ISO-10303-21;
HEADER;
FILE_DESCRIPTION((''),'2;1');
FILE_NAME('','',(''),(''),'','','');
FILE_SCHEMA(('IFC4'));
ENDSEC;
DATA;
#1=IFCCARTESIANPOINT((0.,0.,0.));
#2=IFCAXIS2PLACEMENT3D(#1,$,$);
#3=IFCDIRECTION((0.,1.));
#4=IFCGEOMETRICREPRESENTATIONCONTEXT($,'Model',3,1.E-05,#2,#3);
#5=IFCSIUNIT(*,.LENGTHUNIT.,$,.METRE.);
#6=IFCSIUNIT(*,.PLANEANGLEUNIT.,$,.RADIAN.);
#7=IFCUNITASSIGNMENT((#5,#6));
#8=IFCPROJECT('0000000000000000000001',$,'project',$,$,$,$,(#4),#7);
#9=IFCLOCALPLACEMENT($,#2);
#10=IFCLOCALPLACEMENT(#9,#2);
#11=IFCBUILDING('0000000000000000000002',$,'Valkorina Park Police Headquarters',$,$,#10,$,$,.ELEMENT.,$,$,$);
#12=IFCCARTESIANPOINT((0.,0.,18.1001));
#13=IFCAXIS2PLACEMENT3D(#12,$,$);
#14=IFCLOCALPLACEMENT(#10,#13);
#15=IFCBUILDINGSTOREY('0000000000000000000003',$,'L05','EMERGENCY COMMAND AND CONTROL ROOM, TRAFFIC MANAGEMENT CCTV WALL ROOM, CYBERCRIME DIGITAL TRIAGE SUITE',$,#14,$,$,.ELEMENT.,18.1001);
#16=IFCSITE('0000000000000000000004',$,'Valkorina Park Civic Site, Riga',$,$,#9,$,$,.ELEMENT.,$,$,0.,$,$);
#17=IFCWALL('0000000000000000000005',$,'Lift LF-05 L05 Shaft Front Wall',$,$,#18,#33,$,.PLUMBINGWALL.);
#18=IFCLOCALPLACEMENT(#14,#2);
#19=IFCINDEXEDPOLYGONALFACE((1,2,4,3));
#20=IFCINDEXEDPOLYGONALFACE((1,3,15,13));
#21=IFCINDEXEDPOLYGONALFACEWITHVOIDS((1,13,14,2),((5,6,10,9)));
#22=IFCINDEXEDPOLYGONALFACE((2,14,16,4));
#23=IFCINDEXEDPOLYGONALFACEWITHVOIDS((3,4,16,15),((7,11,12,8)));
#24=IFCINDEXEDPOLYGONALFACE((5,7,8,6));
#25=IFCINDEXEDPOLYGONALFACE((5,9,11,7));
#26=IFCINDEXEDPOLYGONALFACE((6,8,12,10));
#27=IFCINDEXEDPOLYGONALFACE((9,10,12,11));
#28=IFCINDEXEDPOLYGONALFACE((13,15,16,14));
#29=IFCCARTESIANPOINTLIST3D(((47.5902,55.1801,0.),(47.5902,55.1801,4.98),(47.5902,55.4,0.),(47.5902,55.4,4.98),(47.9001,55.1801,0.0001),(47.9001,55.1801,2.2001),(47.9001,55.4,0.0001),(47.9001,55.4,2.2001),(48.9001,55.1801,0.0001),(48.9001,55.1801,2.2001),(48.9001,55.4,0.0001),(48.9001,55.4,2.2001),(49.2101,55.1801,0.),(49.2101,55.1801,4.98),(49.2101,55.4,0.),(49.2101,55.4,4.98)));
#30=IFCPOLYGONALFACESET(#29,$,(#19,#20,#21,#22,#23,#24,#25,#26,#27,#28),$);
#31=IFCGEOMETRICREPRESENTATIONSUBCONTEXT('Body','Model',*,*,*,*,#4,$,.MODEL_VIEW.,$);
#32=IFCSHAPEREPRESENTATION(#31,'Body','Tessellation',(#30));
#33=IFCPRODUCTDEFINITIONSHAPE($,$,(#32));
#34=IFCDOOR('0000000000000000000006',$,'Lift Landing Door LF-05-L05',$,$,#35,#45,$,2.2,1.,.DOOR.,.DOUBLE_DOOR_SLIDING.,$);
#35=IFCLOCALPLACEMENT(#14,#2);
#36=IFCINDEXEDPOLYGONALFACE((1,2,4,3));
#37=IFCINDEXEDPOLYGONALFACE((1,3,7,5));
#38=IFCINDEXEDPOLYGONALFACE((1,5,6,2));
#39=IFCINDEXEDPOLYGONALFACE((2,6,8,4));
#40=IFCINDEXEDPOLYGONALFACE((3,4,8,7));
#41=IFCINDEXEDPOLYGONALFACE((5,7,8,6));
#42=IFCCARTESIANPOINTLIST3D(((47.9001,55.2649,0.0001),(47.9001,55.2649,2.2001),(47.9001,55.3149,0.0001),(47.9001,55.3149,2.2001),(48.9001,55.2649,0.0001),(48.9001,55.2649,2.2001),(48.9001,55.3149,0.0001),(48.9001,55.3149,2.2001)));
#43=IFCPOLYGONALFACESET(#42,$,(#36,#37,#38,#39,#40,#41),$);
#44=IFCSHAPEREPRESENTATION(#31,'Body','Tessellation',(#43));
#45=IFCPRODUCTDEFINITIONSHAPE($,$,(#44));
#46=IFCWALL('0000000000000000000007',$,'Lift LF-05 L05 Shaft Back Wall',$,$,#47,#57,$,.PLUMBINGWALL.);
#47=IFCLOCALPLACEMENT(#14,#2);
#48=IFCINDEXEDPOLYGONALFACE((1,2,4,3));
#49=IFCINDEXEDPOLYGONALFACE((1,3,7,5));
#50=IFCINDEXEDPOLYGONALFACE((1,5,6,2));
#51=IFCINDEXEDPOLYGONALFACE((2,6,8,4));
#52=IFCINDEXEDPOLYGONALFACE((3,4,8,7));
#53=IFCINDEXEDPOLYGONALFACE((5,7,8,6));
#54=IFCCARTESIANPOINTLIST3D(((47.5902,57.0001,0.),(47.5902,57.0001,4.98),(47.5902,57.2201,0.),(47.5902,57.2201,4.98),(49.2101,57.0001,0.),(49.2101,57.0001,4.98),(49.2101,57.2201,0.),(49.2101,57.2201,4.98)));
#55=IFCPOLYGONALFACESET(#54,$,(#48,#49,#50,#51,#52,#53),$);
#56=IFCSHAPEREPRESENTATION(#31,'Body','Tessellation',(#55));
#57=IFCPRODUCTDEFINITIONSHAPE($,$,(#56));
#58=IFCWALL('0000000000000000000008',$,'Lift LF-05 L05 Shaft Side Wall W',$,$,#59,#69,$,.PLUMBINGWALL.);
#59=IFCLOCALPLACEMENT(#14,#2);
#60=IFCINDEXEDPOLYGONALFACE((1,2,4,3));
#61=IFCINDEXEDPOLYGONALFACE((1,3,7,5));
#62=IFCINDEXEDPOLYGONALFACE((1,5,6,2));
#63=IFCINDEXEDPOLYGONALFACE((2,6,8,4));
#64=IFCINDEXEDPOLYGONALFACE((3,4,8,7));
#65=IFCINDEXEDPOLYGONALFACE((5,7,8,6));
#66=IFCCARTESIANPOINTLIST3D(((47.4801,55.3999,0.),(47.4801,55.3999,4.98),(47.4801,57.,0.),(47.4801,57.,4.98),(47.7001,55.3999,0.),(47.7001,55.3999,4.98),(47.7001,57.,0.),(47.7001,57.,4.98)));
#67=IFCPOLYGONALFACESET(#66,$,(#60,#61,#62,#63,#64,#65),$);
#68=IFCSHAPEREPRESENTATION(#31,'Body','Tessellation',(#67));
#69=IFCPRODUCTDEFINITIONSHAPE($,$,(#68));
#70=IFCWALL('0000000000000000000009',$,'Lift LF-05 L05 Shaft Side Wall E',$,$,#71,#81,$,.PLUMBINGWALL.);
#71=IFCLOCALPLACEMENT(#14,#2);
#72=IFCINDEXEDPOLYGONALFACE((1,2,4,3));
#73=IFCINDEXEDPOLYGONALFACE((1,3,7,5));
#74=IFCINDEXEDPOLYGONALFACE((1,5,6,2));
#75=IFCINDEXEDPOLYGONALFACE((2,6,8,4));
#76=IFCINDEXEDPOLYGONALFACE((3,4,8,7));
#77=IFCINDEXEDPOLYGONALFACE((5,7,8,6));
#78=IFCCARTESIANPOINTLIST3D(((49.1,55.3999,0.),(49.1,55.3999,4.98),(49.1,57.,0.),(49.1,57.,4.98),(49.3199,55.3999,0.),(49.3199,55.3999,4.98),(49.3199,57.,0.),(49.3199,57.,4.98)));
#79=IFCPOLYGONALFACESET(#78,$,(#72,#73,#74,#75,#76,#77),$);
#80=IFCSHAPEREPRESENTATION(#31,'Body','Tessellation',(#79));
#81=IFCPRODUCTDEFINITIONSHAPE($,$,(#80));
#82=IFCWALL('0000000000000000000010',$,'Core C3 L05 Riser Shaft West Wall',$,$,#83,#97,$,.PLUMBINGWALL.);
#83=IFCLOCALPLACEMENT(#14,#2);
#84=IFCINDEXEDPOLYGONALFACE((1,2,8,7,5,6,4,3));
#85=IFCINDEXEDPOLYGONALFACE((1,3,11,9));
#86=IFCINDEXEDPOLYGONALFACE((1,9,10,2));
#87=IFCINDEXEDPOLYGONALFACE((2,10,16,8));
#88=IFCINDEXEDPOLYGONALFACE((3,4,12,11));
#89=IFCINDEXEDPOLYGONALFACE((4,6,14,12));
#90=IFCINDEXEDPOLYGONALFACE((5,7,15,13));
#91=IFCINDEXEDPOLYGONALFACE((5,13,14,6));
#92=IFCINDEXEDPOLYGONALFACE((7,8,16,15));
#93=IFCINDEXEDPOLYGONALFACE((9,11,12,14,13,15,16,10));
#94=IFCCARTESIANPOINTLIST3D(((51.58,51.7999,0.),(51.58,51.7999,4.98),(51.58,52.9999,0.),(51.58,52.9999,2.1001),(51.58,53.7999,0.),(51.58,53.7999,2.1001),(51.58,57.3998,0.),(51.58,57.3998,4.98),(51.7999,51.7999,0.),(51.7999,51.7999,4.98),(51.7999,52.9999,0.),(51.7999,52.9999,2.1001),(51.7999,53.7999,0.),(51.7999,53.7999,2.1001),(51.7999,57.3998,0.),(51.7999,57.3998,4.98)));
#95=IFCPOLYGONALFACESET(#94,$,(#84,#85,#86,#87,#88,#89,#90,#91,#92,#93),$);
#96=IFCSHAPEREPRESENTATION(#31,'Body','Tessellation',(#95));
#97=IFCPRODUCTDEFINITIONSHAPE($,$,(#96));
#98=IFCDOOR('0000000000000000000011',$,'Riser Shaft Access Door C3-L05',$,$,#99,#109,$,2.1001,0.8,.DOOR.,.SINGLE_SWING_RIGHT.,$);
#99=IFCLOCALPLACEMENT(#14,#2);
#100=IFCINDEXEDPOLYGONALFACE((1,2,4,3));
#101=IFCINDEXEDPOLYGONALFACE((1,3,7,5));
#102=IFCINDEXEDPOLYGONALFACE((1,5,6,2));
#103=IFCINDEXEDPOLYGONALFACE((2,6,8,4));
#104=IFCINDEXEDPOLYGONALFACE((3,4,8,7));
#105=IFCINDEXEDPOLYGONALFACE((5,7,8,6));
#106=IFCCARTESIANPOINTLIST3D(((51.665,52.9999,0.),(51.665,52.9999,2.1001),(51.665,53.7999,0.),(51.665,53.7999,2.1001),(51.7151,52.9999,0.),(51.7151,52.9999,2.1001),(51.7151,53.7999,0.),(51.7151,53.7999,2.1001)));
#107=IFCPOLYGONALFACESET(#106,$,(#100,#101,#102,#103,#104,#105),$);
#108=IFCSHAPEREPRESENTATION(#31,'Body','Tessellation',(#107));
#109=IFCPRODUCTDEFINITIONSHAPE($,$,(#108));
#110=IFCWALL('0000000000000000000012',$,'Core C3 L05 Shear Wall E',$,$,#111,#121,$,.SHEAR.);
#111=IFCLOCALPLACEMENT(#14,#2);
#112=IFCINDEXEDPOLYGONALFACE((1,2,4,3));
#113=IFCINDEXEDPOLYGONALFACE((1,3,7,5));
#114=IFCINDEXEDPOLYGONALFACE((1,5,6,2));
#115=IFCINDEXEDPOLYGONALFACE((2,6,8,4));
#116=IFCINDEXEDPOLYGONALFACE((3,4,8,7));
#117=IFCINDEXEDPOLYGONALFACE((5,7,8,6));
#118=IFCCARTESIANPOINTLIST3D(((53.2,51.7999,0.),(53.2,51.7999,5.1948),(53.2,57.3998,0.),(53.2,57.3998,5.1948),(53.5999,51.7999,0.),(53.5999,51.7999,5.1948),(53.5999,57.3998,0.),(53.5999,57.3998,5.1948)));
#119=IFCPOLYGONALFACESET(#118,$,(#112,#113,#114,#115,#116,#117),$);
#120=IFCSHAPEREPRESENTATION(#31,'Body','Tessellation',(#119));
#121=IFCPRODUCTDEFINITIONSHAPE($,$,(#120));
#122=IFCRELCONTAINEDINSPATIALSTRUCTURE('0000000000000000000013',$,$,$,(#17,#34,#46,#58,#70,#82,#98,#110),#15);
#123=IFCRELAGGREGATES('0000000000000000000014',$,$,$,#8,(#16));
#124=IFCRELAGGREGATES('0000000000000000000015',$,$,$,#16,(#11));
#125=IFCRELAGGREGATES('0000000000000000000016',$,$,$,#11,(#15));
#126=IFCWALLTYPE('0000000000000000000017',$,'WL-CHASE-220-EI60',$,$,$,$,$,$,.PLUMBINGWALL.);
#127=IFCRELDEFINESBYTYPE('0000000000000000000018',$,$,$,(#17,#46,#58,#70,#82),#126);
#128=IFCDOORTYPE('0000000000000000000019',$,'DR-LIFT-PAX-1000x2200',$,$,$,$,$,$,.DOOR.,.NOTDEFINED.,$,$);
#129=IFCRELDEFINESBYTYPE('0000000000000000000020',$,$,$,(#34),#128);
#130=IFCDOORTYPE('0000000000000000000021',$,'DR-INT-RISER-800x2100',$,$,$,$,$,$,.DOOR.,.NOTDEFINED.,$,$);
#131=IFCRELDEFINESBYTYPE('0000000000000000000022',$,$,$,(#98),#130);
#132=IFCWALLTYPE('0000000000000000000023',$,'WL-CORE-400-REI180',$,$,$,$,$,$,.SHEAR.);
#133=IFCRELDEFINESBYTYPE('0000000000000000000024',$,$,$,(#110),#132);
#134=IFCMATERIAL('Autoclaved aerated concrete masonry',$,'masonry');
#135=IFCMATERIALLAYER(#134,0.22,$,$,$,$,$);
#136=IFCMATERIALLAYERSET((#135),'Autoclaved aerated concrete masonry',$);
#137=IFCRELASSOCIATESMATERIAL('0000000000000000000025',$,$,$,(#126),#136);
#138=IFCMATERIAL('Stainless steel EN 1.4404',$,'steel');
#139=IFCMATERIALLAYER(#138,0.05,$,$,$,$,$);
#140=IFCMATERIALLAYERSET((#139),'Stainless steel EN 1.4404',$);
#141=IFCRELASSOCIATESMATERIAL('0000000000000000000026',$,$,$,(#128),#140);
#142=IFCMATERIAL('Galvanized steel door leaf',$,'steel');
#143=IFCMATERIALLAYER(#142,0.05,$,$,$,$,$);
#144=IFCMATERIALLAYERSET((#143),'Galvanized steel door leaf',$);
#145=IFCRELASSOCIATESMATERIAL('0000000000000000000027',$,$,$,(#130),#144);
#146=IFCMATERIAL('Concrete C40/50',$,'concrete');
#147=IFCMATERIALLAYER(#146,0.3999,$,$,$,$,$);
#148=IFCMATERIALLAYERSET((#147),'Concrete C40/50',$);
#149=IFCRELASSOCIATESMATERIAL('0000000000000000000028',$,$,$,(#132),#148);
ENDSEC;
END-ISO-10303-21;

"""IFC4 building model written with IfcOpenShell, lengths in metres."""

from ifc_helpers import new_model, si_unit, direction, frame, frame_2d, origin, place, context, subcontext, project, spatial, rectangle, extrude, material, layer, layer_set, type_object, element, fill, save


model = new_model("IFC4")

# Units and contexts
model_context = context("Model", 3, precision=1e-05, world=origin(), true_north=direction((0.0, 1.0)))
body_context = subcontext(model_context, "Body", "Model", "MODEL_VIEW")
ifc_project = project(units=[si_unit("LENGTHUNIT", "METRE"), si_unit("PLANEANGLEUNIT", "RADIAN")], contexts=[model_context])

# Site, building, storey
site_placement = place(None, origin())
site = spatial("IfcSite", under=ifc_project, at=site_placement, Name="Valkorina Park Civic Site, Riga", CompositionType="ELEMENT", RefElevation=0.0)
building_placement = place(site_placement, origin())
building = spatial("IfcBuilding", under=site, at=building_placement, Name="Valkorina Park Police Headquarters", CompositionType="ELEMENT")
storey_placement = place(building_placement, frame((0.0, 0.0, 18.1001)))
storey = spatial("IfcBuildingStorey", under=building, at=storey_placement, Name="L05", Description="EMERGENCY COMMAND AND CONTROL ROOM, TRAFFIC MANAGEMENT CCTV WALL ROOM, CYBERCRIME DIGITAL TRIAGE SUITE", CompositionType="ELEMENT", Elevation=18.1001)

# Wall, opening, door
ifc_material_1 = material(Name="Autoclaved aerated concrete masonry", Category="masonry")
ifc_layer_1 = layer(ifc_material_1, 0.22)
ifc_layer_set_1 = layer_set([ifc_layer_1], Name="Autoclaved aerated concrete masonry")
wall_type_1 = type_object("IfcWallType", Name="WL-CHASE-220-EI60", PredefinedType="PLUMBINGWALL", material=ifc_layer_set_1)
wall_1_placement = place(storey_placement, frame((47.5901, 55.29, 0.0), z_axis=(0.0, 0.0, 1.0), x_axis=(1.0, 0.0, 0.0)))
wall_1 = element("IfcWall", 1, at=wall_1_placement, inside=storey, type_object=wall_type_1, Name="Lift LF-05 L05 Shaft Front Wall", PredefinedType="PLUMBINGWALL", context=body_context, shape_type="SweptSolid", body=[
    extrude(rectangle(XDim=1.6199, YDim=0.22, at=frame_2d((0.8101, 0.0))), origin(), (0.0, 0.0, 1.0), 4.98),
])
opening_1_placement = place(wall_1_placement, frame((0.3101, 0.0, 0.0)))
opening_1 = element("IfcOpeningElement", 2, at=opening_1_placement, cuts=wall_1, PredefinedType="OPENING", context=body_context, shape_type="SweptSolid", body=[
    extrude(rectangle(XDim=1.0, YDim=2.2, at=frame_2d((0.5, 1.1001))), frame((0.0, 0.1201, 0.0), z_axis=(0.0, -1.0, 0.0), x_axis=(1.0, 0.0, 0.0)), (0.0, 0.0, 1.0), 0.24),
])
ifc_material_2 = material(Name="Stainless steel EN 1.4404", Category="steel")
ifc_layer_2 = layer(ifc_material_2, 0.05)
ifc_layer_set_2 = layer_set([ifc_layer_2], Name="Stainless steel EN 1.4404")
door_type_1 = type_object("IfcDoorType", Name="DR-LIFT-PAX-1000x2200", OperationType="NOTDEFINED", PredefinedType="DOOR", material=ifc_layer_set_2)
door_1_placement = place(opening_1_placement, origin())
door_1 = element("IfcDoor", 3, at=door_1_placement, inside=storey, type_object=door_type_1, Name="Lift Landing Door LF-05-L05", OperationType="DOUBLE_DOOR_SLIDING", OverallHeight=2.2, OverallWidth=1.0, PredefinedType="DOOR", context=body_context, shape_type="SweptSolid", body=[
    extrude(rectangle(XDim=1.0, YDim=2.2, at=frame_2d((0.5, 1.1001))), frame((0.0, 0.0249, 0.0), z_axis=(0.0, -1.0, 0.0), x_axis=(1.0, 0.0, 0.0)), (0.0, 0.0, 1.0), 0.05),
])
fill(opening_1, door_1)

# Walls
wall_2_placement = place(storey_placement, frame((47.5901, 57.1101, 0.0), z_axis=(0.0, 0.0, 1.0), x_axis=(1.0, 0.0, 0.0)))
element("IfcWall", 4, at=wall_2_placement, inside=storey, type_object=wall_type_1, Name="Lift LF-05 L05 Shaft Back Wall", PredefinedType="PLUMBINGWALL", context=body_context, shape_type="SweptSolid", body=[
    extrude(rectangle(XDim=1.6199, YDim=0.22, at=frame_2d((0.8101, 0.0))), origin(), (0.0, 0.0, 1.0), 4.98),
])
for number, where, z_axis, x_axis, name in (
    (5, (47.5901, 55.3999, 0.0), (0.0, 0.0, 1.0), (0.0, 1.0, 0.0), "Lift LF-05 L05 Shaft Side Wall W"),
    (6, (49.21, 55.3999, 0.0), (0.0, 0.0, 1.0), (0.0, 1.0, 0.0), "Lift LF-05 L05 Shaft Side Wall E"),
):
    element("IfcWall", number, at=place(storey_placement, frame(where, z_axis=z_axis, x_axis=x_axis)), inside=storey, type_object=wall_type_1, Name=name, PredefinedType="PLUMBINGWALL", context=body_context, shape_type="SweptSolid", body=[
        extrude(rectangle(XDim=1.6001, YDim=0.22, at=frame_2d((0.8, 0.0))), origin(), (0.0, 0.0, 1.0), 4.98),
    ])

# Wall, opening, door
wall_3_placement = place(storey_placement, frame((51.6899, 51.8, 0.0), z_axis=(0.0, 0.0, 1.0), x_axis=(0.0, 1.0, 0.0)))
wall_3 = element("IfcWall", 7, at=wall_3_placement, inside=storey, type_object=wall_type_1, Name="Core C3 L05 Riser Shaft West Wall", PredefinedType="PLUMBINGWALL", context=body_context, shape_type="SweptSolid", body=[
    extrude(rectangle(XDim=5.5999, YDim=0.22, at=frame_2d((2.7998, 0.0))), origin(), (0.0, 0.0, 1.0), 4.98),
])
opening_2_placement = place(wall_3_placement, frame((1.2, 0.0, 0.0)))
opening_2 = element("IfcOpeningElement", 8, at=opening_2_placement, cuts=wall_3, PredefinedType="OPENING", context=body_context, shape_type="SweptSolid", body=[
    extrude(rectangle(XDim=0.8, YDim=2.1001, at=frame_2d((0.3999, 1.05))), frame((0.0, 0.1201, 0.0), z_axis=(0.0, -1.0, 0.0), x_axis=(1.0, 0.0, 0.0)), (0.0, 0.0, 1.0), 0.24),
])
ifc_material_3 = material(Name="Galvanized steel door leaf", Category="steel")
ifc_layer_3 = layer(ifc_material_3, 0.05)
ifc_layer_set_3 = layer_set([ifc_layer_3], Name="Galvanized steel door leaf")
door_type_2 = type_object("IfcDoorType", Name="DR-INT-RISER-800x2100", OperationType="NOTDEFINED", PredefinedType="DOOR", material=ifc_layer_set_3)
door_2_placement = place(opening_2_placement, origin())
door_2 = element("IfcDoor", 9, at=door_2_placement, inside=storey, type_object=door_type_2, Name="Riser Shaft Access Door C3-L05", OperationType="SINGLE_SWING_RIGHT", OverallHeight=2.1001, OverallWidth=0.8, PredefinedType="DOOR", context=body_context, shape_type="SweptSolid", body=[
    extrude(rectangle(XDim=0.8, YDim=2.1001, at=frame_2d((0.3999, 1.05))), frame((0.0, 0.0249, 0.0), z_axis=(0.0, -1.0, 0.0), x_axis=(1.0, 0.0, 0.0)), (0.0, 0.0, 1.0), 0.05),
])
fill(opening_2, door_2)

# Wall
ifc_material_4 = material(Name="Concrete C40/50", Category="concrete")
ifc_layer_4 = layer(ifc_material_4, 0.3999)
ifc_layer_set_4 = layer_set([ifc_layer_4], Name="Concrete C40/50")
wall_type_2 = type_object("IfcWallType", Name="WL-CORE-400-REI180", PredefinedType="SHEAR", material=ifc_layer_set_4)
wall_4_placement = place(storey_placement, frame((53.3999, 51.8, 0.0), z_axis=(0.0, 0.0, 1.0), x_axis=(0.0, 1.0, 0.0)))
element("IfcWall", 10, at=wall_4_placement, inside=storey, type_object=wall_type_2, Name="Core C3 L05 Shear Wall E", PredefinedType="SHEAR", context=body_context, shape_type="SweptSolid", body=[
    extrude(rectangle(XDim=5.5999, YDim=0.3999, at=frame_2d((2.7998, 0.0))), origin(), (0.0, 0.0, 1.0), 5.1948),
])

save(model, "model.ifc")
